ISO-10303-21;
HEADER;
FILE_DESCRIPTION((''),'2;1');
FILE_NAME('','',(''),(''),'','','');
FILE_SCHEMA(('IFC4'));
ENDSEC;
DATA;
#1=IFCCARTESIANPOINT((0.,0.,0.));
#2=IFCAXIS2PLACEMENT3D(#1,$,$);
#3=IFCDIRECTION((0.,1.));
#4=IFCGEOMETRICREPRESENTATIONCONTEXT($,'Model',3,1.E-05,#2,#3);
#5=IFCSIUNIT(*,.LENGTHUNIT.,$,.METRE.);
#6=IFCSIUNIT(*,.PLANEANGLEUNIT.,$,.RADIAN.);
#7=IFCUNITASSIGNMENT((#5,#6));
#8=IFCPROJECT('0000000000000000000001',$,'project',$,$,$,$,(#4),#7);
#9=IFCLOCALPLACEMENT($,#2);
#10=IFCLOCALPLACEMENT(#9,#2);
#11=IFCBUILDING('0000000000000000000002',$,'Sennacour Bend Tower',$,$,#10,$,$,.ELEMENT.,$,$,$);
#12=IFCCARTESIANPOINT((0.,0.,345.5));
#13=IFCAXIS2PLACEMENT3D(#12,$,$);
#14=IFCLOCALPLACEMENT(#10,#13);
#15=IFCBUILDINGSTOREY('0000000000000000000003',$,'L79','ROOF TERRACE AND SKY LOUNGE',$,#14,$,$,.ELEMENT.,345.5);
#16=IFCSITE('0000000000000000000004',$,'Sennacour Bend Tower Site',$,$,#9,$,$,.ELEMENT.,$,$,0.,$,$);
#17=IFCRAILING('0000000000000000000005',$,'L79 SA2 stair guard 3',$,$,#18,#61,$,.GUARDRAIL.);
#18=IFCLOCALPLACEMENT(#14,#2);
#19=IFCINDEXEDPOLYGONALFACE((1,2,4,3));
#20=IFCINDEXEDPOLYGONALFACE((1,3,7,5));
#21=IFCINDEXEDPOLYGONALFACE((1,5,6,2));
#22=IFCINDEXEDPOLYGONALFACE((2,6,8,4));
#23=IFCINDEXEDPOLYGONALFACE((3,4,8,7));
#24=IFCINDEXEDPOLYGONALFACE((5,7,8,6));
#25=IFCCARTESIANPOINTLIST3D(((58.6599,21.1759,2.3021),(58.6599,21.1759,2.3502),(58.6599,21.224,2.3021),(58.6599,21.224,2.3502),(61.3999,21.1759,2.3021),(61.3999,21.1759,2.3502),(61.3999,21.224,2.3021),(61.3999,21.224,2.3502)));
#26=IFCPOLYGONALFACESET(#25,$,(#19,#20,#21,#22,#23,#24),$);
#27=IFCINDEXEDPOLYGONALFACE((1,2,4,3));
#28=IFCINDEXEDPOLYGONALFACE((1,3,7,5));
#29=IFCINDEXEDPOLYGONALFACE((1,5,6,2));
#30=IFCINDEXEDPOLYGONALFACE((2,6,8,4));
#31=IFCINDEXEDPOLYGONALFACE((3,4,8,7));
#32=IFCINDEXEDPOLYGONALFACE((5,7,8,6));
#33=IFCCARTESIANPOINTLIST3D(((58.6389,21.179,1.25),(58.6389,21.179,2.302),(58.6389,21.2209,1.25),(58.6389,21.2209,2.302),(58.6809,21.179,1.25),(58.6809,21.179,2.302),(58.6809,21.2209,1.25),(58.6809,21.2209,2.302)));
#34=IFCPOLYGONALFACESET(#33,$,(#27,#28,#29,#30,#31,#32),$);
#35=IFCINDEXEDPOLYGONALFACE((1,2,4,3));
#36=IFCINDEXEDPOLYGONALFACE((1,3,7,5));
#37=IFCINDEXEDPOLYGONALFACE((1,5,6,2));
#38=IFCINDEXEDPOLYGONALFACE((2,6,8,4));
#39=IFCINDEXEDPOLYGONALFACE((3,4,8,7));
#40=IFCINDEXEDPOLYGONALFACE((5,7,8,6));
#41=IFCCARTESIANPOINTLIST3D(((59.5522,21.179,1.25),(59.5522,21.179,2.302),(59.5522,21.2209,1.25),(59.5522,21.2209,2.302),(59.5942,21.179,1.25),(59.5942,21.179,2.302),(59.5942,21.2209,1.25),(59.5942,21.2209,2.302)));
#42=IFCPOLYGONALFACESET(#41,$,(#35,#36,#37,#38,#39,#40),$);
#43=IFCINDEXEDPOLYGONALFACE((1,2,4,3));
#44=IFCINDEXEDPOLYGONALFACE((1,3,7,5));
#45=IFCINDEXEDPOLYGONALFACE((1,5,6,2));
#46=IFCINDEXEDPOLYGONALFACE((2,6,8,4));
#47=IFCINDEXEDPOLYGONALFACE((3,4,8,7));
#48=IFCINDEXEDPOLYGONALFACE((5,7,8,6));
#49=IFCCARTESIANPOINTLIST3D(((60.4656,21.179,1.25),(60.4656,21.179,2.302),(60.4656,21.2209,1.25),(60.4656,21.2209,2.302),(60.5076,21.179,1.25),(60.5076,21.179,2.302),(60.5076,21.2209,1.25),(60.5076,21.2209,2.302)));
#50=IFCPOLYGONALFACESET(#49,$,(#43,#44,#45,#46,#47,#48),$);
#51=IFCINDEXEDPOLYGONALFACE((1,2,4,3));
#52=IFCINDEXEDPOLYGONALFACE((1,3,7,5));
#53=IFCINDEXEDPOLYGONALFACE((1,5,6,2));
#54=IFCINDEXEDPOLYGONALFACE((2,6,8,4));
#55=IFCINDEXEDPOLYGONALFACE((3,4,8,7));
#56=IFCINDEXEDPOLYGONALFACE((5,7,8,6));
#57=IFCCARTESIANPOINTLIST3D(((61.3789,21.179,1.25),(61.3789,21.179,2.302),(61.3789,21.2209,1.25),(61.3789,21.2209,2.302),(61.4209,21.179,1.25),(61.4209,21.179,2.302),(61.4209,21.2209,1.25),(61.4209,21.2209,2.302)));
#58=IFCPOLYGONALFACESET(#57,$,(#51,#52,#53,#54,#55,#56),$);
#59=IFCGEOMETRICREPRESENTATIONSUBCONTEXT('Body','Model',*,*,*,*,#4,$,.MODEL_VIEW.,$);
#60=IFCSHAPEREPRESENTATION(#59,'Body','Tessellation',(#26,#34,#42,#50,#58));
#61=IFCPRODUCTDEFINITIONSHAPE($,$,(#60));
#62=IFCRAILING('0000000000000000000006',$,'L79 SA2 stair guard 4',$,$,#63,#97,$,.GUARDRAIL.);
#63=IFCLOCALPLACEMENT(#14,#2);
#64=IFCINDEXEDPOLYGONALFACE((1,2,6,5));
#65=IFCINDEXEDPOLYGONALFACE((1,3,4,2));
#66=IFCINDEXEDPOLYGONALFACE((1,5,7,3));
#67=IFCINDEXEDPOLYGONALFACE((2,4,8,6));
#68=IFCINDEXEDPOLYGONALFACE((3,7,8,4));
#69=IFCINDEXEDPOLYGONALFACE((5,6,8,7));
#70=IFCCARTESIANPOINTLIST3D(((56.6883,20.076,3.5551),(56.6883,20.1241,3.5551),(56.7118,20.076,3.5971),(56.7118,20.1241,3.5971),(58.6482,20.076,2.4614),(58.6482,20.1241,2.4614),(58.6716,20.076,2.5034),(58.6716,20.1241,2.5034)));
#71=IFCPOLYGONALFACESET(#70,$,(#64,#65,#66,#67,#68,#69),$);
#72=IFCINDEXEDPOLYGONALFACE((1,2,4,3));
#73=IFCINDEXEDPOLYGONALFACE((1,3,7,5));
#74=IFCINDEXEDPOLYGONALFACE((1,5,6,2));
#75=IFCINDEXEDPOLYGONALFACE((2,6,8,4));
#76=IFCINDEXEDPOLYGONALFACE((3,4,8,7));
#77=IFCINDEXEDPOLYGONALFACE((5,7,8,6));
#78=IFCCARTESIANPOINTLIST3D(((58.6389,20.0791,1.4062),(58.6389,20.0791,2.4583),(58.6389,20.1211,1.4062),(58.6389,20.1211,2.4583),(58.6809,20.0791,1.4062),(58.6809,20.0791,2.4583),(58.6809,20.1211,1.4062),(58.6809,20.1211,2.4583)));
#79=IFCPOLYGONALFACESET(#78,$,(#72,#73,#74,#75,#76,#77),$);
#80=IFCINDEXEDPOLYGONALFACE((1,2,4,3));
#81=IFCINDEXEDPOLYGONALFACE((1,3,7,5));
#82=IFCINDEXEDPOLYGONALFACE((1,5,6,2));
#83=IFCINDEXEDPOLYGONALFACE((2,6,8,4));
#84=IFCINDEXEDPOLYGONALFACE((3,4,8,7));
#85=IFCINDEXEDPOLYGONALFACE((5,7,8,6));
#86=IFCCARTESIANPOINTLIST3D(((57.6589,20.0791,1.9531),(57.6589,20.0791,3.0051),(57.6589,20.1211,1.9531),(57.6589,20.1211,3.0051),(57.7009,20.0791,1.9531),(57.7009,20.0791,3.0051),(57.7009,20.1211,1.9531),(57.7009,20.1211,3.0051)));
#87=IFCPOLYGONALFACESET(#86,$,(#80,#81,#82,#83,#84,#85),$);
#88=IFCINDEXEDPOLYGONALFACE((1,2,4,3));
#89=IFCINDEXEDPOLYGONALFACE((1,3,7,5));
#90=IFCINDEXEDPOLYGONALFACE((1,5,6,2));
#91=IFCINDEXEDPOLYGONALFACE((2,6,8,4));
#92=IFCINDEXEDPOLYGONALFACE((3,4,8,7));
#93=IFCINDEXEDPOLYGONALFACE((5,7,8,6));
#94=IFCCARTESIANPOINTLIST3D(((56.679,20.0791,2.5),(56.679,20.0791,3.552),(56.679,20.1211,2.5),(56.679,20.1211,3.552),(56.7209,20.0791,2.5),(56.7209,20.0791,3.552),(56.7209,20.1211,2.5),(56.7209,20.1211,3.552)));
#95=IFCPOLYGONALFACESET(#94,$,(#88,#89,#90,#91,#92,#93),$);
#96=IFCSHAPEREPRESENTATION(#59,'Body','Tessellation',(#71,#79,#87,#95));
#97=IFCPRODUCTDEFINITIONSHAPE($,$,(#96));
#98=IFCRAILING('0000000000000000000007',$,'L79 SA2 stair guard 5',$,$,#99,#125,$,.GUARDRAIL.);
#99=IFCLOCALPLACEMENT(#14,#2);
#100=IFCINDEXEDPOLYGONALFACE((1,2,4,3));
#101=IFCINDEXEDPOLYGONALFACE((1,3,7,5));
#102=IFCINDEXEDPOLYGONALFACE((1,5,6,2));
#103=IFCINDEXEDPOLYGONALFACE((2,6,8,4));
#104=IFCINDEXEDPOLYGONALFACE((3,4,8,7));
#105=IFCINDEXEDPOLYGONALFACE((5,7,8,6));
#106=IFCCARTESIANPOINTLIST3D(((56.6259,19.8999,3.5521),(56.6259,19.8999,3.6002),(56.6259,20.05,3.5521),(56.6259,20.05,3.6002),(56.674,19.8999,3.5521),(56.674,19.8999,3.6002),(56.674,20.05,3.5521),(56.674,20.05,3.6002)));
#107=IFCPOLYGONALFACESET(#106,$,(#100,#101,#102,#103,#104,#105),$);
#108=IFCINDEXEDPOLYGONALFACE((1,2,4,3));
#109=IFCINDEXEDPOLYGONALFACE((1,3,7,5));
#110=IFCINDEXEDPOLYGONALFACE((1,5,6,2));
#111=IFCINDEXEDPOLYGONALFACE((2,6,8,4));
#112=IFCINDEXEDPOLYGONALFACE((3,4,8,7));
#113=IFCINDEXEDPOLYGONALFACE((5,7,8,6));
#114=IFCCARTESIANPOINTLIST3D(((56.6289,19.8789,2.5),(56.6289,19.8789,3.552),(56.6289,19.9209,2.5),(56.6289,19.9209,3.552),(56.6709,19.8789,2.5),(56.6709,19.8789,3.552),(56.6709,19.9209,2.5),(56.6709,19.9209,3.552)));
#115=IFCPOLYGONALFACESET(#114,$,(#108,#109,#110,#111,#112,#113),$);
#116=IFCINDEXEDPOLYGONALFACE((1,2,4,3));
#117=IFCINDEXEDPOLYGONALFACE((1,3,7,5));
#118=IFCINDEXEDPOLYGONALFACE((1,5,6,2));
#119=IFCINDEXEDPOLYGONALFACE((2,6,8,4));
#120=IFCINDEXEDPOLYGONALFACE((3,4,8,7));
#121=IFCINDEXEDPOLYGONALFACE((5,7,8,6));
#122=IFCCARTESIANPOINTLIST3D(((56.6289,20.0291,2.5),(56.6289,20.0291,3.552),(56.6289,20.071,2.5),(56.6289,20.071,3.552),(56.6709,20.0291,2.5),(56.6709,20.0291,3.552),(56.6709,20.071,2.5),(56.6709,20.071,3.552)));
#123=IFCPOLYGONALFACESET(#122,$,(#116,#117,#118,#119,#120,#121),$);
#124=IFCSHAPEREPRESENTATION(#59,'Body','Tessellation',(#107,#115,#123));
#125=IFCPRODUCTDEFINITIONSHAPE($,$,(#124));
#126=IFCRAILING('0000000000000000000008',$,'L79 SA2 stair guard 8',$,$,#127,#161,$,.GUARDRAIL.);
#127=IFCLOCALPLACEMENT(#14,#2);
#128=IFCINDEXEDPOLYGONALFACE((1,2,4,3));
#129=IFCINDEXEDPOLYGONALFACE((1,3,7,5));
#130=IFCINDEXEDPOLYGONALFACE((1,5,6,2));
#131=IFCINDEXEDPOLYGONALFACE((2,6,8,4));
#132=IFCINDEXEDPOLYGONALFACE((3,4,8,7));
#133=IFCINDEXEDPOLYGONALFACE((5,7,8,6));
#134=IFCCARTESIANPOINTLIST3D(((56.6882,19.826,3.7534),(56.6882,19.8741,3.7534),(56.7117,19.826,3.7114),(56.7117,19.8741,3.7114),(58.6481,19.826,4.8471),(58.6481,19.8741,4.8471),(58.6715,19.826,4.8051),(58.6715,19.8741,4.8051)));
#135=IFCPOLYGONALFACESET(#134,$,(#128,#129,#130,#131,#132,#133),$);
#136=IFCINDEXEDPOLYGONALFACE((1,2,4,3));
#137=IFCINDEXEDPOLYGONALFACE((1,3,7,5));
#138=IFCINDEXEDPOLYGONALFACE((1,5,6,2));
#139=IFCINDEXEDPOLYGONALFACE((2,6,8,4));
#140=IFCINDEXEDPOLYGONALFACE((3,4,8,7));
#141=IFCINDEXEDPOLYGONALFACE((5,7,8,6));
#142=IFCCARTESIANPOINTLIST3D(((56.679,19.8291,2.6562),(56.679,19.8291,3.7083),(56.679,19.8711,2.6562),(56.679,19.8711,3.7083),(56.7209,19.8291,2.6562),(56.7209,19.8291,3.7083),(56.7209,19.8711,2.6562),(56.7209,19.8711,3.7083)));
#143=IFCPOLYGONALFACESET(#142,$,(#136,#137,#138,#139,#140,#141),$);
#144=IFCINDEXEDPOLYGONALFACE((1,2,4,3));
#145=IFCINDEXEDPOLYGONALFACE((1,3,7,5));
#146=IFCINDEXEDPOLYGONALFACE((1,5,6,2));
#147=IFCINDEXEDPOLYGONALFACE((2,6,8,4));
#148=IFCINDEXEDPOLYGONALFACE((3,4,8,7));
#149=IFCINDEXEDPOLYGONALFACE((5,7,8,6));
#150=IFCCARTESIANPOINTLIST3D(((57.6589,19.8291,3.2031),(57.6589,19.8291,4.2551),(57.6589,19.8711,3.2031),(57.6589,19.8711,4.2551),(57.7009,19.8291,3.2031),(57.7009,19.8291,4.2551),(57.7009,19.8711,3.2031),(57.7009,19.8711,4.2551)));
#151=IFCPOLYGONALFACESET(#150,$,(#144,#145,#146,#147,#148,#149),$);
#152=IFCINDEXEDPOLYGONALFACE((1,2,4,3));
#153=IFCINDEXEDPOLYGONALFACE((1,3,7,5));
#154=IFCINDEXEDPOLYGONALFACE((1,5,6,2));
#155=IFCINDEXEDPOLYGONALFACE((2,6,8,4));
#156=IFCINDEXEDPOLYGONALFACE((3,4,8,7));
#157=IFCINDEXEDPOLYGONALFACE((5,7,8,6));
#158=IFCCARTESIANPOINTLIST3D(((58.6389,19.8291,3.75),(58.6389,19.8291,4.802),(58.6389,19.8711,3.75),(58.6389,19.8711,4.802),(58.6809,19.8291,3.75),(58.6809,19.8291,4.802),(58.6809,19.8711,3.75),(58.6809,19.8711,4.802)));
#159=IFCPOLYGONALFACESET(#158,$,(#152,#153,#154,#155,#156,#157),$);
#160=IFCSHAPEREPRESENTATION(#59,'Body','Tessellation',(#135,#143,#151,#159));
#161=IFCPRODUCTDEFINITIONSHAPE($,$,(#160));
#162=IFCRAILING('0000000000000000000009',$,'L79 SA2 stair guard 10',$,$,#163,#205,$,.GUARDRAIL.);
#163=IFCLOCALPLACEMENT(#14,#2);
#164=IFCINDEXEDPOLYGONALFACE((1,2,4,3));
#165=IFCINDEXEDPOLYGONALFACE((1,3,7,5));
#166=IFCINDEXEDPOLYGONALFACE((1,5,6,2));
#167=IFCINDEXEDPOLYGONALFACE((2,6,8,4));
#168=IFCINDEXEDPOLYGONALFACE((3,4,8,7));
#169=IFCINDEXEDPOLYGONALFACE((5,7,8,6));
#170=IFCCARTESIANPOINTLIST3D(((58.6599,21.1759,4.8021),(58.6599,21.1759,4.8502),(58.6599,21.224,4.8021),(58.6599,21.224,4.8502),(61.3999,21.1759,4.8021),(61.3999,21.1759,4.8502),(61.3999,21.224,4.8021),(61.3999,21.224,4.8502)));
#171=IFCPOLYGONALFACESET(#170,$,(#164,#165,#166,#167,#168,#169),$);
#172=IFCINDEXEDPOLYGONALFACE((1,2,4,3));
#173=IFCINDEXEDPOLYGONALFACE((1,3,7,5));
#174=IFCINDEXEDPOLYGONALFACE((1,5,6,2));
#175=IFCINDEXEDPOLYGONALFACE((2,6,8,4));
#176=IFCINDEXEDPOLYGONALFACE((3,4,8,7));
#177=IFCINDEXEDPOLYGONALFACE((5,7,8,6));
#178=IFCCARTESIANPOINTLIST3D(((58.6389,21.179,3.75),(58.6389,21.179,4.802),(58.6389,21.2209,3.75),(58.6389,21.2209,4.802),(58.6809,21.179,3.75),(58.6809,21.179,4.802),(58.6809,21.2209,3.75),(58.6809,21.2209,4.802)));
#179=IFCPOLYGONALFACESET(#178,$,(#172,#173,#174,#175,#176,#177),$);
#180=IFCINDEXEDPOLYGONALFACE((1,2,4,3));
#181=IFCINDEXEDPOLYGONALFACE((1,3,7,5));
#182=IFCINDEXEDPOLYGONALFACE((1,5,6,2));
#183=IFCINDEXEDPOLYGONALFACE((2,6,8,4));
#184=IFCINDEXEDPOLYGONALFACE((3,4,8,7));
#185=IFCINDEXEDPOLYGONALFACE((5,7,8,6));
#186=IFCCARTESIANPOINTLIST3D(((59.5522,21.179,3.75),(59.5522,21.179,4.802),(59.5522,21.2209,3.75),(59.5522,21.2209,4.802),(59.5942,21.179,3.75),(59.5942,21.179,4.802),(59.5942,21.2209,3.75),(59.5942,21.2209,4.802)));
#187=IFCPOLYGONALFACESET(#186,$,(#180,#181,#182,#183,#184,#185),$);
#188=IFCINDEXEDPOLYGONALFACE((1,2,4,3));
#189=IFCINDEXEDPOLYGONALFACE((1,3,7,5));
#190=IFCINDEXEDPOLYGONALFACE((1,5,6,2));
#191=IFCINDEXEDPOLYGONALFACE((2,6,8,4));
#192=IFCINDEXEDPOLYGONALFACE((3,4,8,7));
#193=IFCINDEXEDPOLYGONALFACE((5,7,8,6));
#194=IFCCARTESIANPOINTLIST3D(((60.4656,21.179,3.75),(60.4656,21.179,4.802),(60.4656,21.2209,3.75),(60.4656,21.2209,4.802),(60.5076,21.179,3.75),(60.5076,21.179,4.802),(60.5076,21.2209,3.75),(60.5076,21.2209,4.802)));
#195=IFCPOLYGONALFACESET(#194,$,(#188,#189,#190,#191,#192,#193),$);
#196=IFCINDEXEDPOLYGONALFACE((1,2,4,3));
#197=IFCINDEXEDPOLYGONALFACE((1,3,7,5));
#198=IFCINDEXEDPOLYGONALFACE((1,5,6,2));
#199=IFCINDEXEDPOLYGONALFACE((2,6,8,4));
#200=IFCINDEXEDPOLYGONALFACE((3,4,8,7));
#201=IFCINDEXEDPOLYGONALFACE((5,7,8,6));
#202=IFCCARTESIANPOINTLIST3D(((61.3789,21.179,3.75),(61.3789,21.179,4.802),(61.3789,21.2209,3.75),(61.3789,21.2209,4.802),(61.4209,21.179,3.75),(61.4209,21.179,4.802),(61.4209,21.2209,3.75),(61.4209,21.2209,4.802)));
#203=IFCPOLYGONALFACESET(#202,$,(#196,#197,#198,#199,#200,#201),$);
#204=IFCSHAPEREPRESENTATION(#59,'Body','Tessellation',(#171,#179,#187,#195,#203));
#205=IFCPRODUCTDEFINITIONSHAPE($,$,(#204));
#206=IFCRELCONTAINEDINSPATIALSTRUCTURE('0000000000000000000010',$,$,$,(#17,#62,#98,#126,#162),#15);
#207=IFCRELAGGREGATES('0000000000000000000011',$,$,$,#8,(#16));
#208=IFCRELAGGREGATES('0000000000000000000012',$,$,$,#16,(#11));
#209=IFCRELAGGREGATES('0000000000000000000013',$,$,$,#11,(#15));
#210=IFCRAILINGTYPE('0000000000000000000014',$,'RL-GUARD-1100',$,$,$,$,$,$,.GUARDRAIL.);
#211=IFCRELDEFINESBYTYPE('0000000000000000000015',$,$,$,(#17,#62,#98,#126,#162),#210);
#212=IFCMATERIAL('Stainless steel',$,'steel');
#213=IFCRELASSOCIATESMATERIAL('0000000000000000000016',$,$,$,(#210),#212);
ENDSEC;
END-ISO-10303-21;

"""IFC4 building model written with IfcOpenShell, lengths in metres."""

from ifc_helpers import new_model, si_unit, direction, frame, origin, origin_2d, place, context, subcontext, project, spatial, rectangle, extrude, material, type_object, element, save


model = new_model("IFC4")

# Units and contexts
model_context = context("Model", 3, precision=1e-05, world=origin(), true_north=direction((0.0, 1.0)))
body_context = subcontext(model_context, "Body", "Model", "MODEL_VIEW")
ifc_project = project(units=[si_unit("LENGTHUNIT", "METRE"), si_unit("PLANEANGLEUNIT", "RADIAN")], contexts=[model_context])

# Site, building, storey
site_placement = place(None, origin())
site = spatial("IfcSite", under=ifc_project, at=site_placement, Name="Sennacour Bend Tower Site", CompositionType="ELEMENT", RefElevation=0.0)
building_placement = place(site_placement, origin())
building = spatial("IfcBuilding", under=site, at=building_placement, Name="Sennacour Bend Tower", CompositionType="ELEMENT")
storey_placement = place(building_placement, frame((0.0, 0.0, 345.5)))
storey = spatial("IfcBuildingStorey", under=building, at=storey_placement, Name="L79", Description="ROOF TERRACE AND SKY LOUNGE", CompositionType="ELEMENT", Elevation=345.5)

# Shared definitions
ifc_material_1 = material(Name="Stainless steel", Category="steel")

# Railings
railing_type_1 = type_object("IfcRailingType", Name="RL-GUARD-1100", PredefinedType="GUARDRAIL", material=ifc_material_1)
railing_1_placement = place(storey_placement, frame((58.6599, 21.2, 1.25)))
element("IfcRailing", 1, at=railing_1_placement, inside=storey, type_object=railing_type_1, Name="L79 SA2 stair guard 3", PredefinedType="GUARDRAIL", context=body_context, shape_type="SweptSolid", body=[
    extrude(rectangle(XDim=0.0481, YDim=0.0481, at=origin_2d()), frame((0.0, 0.0, 1.0762), z_axis=(1.0, 0.0, 0.0), x_axis=(0.0, 1.0, 0.0)), (0.0, 0.0, 1.0), 2.74),
    extrude(rectangle(XDim=0.042, YDim=0.042, at=origin_2d()), origin(), (0.0, 0.0, 1.0), 1.052),
    extrude(rectangle(XDim=0.042, YDim=0.042, at=origin_2d()), frame((0.9133, 0.0, 0.0)), (0.0, 0.0, 1.0), 1.052),
    extrude(rectangle(XDim=0.042, YDim=0.042, at=origin_2d()), frame((1.8267, 0.0, 0.0)), (0.0, 0.0, 1.0), 1.052),
    extrude(rectangle(XDim=0.042, YDim=0.042, at=origin_2d()), frame((2.74, 0.0, 0.0)), (0.0, 0.0, 1.0), 1.052),
])
railing_2_placement = place(storey_placement, frame((58.6599, 20.1001, 1.4062)))
element("IfcRailing", 2, at=railing_2_placement, inside=storey, type_object=railing_type_1, Name="L79 SA2 stair guard 4", PredefinedType="GUARDRAIL", context=body_context, shape_type="SweptSolid", body=[
    extrude(rectangle(XDim=0.0481, YDim=0.0481, at=origin_2d()), frame((0.0, 0.0, 1.0762), z_axis=(-0.873232, 0.0, 0.487304), x_axis=(0.0, -1.0, 0.0)), (0.0, 0.0, 1.0), 2.2444),
    extrude(rectangle(XDim=0.042, YDim=0.042, at=origin_2d()), origin(), (0.0, 0.0, 1.0), 1.052),
    extrude(rectangle(XDim=0.042, YDim=0.042, at=origin_2d()), frame((-0.98, 0.0, 0.5469)), (0.0, 0.0, 1.0), 1.052),
    extrude(rectangle(XDim=0.042, YDim=0.042, at=origin_2d()), frame((-1.96, 0.0, 1.0938)), (0.0, 0.0, 1.0), 1.052),
])
railing_3_placement = place(storey_placement, frame((56.6499, 19.8999, 2.5)))
element("IfcRailing", 3, at=railing_3_placement, inside=storey, type_object=railing_type_1, Name="L79 SA2 stair guard 5", PredefinedType="GUARDRAIL", context=body_context, shape_type="SweptSolid", body=[
    extrude(rectangle(XDim=0.0481, YDim=0.0481, at=origin_2d()), frame((0.0, 0.0, 1.0762), z_axis=(0.0, 1.0, 0.0), x_axis=(-1.0, 0.0, 0.0)), (0.0, 0.0, 1.0), 0.1501),
    extrude(rectangle(XDim=0.042, YDim=0.042, at=origin_2d()), origin(), (0.0, 0.0, 1.0), 1.052),
    extrude(rectangle(XDim=0.042, YDim=0.042, at=origin_2d()), frame((0.0, 0.1501, 0.0)), (0.0, 0.0, 1.0), 1.052),
])
railing_4_placement = place(storey_placement, frame((56.7, 19.8501, 2.6562)))
element("IfcRailing", 4, at=railing_4_placement, inside=storey, type_object=railing_type_1, Name="L79 SA2 stair guard 8", PredefinedType="GUARDRAIL", context=body_context, shape_type="SweptSolid", body=[
    extrude(rectangle(XDim=0.0481, YDim=0.0481, at=origin_2d()), frame((0.0, 0.0, 1.0762), z_axis=(0.873232, 0.0, 0.487304), x_axis=(0.0, 1.0, 0.0)), (0.0, 0.0, 1.0), 2.2444),
    extrude(rectangle(XDim=0.042, YDim=0.042, at=origin_2d()), origin(), (0.0, 0.0, 1.0), 1.052),
    extrude(rectangle(XDim=0.042, YDim=0.042, at=origin_2d()), frame((0.98, 0.0, 0.5469)), (0.0, 0.0, 1.0), 1.052),
    extrude(rectangle(XDim=0.042, YDim=0.042, at=origin_2d()), frame((1.96, 0.0, 1.0938)), (0.0, 0.0, 1.0), 1.052),
])
railing_5_placement = place(storey_placement, frame((58.6599, 21.2, 3.75)))
element("IfcRailing", 5, at=railing_5_placement, inside=storey, type_object=railing_type_1, Name="L79 SA2 stair guard 10", PredefinedType="GUARDRAIL", context=body_context, shape_type="SweptSolid", body=[
    extrude(rectangle(XDim=0.0481, YDim=0.0481, at=origin_2d()), frame((0.0, 0.0, 1.0762), z_axis=(1.0, 0.0, 0.0), x_axis=(0.0, 1.0, 0.0)), (0.0, 0.0, 1.0), 2.74),
    extrude(rectangle(XDim=0.042, YDim=0.042, at=origin_2d()), origin(), (0.0, 0.0, 1.0), 1.052),
    extrude(rectangle(XDim=0.042, YDim=0.042, at=origin_2d()), frame((0.9133, 0.0, 0.0)), (0.0, 0.0, 1.0), 1.052),
    extrude(rectangle(XDim=0.042, YDim=0.042, at=origin_2d()), frame((1.8267, 0.0, 0.0)), (0.0, 0.0, 1.0), 1.052),
    extrude(rectangle(XDim=0.042, YDim=0.042, at=origin_2d()), frame((2.74, 0.0, 0.0)), (0.0, 0.0, 1.0), 1.052),
])

save(model, "model.ifc")
